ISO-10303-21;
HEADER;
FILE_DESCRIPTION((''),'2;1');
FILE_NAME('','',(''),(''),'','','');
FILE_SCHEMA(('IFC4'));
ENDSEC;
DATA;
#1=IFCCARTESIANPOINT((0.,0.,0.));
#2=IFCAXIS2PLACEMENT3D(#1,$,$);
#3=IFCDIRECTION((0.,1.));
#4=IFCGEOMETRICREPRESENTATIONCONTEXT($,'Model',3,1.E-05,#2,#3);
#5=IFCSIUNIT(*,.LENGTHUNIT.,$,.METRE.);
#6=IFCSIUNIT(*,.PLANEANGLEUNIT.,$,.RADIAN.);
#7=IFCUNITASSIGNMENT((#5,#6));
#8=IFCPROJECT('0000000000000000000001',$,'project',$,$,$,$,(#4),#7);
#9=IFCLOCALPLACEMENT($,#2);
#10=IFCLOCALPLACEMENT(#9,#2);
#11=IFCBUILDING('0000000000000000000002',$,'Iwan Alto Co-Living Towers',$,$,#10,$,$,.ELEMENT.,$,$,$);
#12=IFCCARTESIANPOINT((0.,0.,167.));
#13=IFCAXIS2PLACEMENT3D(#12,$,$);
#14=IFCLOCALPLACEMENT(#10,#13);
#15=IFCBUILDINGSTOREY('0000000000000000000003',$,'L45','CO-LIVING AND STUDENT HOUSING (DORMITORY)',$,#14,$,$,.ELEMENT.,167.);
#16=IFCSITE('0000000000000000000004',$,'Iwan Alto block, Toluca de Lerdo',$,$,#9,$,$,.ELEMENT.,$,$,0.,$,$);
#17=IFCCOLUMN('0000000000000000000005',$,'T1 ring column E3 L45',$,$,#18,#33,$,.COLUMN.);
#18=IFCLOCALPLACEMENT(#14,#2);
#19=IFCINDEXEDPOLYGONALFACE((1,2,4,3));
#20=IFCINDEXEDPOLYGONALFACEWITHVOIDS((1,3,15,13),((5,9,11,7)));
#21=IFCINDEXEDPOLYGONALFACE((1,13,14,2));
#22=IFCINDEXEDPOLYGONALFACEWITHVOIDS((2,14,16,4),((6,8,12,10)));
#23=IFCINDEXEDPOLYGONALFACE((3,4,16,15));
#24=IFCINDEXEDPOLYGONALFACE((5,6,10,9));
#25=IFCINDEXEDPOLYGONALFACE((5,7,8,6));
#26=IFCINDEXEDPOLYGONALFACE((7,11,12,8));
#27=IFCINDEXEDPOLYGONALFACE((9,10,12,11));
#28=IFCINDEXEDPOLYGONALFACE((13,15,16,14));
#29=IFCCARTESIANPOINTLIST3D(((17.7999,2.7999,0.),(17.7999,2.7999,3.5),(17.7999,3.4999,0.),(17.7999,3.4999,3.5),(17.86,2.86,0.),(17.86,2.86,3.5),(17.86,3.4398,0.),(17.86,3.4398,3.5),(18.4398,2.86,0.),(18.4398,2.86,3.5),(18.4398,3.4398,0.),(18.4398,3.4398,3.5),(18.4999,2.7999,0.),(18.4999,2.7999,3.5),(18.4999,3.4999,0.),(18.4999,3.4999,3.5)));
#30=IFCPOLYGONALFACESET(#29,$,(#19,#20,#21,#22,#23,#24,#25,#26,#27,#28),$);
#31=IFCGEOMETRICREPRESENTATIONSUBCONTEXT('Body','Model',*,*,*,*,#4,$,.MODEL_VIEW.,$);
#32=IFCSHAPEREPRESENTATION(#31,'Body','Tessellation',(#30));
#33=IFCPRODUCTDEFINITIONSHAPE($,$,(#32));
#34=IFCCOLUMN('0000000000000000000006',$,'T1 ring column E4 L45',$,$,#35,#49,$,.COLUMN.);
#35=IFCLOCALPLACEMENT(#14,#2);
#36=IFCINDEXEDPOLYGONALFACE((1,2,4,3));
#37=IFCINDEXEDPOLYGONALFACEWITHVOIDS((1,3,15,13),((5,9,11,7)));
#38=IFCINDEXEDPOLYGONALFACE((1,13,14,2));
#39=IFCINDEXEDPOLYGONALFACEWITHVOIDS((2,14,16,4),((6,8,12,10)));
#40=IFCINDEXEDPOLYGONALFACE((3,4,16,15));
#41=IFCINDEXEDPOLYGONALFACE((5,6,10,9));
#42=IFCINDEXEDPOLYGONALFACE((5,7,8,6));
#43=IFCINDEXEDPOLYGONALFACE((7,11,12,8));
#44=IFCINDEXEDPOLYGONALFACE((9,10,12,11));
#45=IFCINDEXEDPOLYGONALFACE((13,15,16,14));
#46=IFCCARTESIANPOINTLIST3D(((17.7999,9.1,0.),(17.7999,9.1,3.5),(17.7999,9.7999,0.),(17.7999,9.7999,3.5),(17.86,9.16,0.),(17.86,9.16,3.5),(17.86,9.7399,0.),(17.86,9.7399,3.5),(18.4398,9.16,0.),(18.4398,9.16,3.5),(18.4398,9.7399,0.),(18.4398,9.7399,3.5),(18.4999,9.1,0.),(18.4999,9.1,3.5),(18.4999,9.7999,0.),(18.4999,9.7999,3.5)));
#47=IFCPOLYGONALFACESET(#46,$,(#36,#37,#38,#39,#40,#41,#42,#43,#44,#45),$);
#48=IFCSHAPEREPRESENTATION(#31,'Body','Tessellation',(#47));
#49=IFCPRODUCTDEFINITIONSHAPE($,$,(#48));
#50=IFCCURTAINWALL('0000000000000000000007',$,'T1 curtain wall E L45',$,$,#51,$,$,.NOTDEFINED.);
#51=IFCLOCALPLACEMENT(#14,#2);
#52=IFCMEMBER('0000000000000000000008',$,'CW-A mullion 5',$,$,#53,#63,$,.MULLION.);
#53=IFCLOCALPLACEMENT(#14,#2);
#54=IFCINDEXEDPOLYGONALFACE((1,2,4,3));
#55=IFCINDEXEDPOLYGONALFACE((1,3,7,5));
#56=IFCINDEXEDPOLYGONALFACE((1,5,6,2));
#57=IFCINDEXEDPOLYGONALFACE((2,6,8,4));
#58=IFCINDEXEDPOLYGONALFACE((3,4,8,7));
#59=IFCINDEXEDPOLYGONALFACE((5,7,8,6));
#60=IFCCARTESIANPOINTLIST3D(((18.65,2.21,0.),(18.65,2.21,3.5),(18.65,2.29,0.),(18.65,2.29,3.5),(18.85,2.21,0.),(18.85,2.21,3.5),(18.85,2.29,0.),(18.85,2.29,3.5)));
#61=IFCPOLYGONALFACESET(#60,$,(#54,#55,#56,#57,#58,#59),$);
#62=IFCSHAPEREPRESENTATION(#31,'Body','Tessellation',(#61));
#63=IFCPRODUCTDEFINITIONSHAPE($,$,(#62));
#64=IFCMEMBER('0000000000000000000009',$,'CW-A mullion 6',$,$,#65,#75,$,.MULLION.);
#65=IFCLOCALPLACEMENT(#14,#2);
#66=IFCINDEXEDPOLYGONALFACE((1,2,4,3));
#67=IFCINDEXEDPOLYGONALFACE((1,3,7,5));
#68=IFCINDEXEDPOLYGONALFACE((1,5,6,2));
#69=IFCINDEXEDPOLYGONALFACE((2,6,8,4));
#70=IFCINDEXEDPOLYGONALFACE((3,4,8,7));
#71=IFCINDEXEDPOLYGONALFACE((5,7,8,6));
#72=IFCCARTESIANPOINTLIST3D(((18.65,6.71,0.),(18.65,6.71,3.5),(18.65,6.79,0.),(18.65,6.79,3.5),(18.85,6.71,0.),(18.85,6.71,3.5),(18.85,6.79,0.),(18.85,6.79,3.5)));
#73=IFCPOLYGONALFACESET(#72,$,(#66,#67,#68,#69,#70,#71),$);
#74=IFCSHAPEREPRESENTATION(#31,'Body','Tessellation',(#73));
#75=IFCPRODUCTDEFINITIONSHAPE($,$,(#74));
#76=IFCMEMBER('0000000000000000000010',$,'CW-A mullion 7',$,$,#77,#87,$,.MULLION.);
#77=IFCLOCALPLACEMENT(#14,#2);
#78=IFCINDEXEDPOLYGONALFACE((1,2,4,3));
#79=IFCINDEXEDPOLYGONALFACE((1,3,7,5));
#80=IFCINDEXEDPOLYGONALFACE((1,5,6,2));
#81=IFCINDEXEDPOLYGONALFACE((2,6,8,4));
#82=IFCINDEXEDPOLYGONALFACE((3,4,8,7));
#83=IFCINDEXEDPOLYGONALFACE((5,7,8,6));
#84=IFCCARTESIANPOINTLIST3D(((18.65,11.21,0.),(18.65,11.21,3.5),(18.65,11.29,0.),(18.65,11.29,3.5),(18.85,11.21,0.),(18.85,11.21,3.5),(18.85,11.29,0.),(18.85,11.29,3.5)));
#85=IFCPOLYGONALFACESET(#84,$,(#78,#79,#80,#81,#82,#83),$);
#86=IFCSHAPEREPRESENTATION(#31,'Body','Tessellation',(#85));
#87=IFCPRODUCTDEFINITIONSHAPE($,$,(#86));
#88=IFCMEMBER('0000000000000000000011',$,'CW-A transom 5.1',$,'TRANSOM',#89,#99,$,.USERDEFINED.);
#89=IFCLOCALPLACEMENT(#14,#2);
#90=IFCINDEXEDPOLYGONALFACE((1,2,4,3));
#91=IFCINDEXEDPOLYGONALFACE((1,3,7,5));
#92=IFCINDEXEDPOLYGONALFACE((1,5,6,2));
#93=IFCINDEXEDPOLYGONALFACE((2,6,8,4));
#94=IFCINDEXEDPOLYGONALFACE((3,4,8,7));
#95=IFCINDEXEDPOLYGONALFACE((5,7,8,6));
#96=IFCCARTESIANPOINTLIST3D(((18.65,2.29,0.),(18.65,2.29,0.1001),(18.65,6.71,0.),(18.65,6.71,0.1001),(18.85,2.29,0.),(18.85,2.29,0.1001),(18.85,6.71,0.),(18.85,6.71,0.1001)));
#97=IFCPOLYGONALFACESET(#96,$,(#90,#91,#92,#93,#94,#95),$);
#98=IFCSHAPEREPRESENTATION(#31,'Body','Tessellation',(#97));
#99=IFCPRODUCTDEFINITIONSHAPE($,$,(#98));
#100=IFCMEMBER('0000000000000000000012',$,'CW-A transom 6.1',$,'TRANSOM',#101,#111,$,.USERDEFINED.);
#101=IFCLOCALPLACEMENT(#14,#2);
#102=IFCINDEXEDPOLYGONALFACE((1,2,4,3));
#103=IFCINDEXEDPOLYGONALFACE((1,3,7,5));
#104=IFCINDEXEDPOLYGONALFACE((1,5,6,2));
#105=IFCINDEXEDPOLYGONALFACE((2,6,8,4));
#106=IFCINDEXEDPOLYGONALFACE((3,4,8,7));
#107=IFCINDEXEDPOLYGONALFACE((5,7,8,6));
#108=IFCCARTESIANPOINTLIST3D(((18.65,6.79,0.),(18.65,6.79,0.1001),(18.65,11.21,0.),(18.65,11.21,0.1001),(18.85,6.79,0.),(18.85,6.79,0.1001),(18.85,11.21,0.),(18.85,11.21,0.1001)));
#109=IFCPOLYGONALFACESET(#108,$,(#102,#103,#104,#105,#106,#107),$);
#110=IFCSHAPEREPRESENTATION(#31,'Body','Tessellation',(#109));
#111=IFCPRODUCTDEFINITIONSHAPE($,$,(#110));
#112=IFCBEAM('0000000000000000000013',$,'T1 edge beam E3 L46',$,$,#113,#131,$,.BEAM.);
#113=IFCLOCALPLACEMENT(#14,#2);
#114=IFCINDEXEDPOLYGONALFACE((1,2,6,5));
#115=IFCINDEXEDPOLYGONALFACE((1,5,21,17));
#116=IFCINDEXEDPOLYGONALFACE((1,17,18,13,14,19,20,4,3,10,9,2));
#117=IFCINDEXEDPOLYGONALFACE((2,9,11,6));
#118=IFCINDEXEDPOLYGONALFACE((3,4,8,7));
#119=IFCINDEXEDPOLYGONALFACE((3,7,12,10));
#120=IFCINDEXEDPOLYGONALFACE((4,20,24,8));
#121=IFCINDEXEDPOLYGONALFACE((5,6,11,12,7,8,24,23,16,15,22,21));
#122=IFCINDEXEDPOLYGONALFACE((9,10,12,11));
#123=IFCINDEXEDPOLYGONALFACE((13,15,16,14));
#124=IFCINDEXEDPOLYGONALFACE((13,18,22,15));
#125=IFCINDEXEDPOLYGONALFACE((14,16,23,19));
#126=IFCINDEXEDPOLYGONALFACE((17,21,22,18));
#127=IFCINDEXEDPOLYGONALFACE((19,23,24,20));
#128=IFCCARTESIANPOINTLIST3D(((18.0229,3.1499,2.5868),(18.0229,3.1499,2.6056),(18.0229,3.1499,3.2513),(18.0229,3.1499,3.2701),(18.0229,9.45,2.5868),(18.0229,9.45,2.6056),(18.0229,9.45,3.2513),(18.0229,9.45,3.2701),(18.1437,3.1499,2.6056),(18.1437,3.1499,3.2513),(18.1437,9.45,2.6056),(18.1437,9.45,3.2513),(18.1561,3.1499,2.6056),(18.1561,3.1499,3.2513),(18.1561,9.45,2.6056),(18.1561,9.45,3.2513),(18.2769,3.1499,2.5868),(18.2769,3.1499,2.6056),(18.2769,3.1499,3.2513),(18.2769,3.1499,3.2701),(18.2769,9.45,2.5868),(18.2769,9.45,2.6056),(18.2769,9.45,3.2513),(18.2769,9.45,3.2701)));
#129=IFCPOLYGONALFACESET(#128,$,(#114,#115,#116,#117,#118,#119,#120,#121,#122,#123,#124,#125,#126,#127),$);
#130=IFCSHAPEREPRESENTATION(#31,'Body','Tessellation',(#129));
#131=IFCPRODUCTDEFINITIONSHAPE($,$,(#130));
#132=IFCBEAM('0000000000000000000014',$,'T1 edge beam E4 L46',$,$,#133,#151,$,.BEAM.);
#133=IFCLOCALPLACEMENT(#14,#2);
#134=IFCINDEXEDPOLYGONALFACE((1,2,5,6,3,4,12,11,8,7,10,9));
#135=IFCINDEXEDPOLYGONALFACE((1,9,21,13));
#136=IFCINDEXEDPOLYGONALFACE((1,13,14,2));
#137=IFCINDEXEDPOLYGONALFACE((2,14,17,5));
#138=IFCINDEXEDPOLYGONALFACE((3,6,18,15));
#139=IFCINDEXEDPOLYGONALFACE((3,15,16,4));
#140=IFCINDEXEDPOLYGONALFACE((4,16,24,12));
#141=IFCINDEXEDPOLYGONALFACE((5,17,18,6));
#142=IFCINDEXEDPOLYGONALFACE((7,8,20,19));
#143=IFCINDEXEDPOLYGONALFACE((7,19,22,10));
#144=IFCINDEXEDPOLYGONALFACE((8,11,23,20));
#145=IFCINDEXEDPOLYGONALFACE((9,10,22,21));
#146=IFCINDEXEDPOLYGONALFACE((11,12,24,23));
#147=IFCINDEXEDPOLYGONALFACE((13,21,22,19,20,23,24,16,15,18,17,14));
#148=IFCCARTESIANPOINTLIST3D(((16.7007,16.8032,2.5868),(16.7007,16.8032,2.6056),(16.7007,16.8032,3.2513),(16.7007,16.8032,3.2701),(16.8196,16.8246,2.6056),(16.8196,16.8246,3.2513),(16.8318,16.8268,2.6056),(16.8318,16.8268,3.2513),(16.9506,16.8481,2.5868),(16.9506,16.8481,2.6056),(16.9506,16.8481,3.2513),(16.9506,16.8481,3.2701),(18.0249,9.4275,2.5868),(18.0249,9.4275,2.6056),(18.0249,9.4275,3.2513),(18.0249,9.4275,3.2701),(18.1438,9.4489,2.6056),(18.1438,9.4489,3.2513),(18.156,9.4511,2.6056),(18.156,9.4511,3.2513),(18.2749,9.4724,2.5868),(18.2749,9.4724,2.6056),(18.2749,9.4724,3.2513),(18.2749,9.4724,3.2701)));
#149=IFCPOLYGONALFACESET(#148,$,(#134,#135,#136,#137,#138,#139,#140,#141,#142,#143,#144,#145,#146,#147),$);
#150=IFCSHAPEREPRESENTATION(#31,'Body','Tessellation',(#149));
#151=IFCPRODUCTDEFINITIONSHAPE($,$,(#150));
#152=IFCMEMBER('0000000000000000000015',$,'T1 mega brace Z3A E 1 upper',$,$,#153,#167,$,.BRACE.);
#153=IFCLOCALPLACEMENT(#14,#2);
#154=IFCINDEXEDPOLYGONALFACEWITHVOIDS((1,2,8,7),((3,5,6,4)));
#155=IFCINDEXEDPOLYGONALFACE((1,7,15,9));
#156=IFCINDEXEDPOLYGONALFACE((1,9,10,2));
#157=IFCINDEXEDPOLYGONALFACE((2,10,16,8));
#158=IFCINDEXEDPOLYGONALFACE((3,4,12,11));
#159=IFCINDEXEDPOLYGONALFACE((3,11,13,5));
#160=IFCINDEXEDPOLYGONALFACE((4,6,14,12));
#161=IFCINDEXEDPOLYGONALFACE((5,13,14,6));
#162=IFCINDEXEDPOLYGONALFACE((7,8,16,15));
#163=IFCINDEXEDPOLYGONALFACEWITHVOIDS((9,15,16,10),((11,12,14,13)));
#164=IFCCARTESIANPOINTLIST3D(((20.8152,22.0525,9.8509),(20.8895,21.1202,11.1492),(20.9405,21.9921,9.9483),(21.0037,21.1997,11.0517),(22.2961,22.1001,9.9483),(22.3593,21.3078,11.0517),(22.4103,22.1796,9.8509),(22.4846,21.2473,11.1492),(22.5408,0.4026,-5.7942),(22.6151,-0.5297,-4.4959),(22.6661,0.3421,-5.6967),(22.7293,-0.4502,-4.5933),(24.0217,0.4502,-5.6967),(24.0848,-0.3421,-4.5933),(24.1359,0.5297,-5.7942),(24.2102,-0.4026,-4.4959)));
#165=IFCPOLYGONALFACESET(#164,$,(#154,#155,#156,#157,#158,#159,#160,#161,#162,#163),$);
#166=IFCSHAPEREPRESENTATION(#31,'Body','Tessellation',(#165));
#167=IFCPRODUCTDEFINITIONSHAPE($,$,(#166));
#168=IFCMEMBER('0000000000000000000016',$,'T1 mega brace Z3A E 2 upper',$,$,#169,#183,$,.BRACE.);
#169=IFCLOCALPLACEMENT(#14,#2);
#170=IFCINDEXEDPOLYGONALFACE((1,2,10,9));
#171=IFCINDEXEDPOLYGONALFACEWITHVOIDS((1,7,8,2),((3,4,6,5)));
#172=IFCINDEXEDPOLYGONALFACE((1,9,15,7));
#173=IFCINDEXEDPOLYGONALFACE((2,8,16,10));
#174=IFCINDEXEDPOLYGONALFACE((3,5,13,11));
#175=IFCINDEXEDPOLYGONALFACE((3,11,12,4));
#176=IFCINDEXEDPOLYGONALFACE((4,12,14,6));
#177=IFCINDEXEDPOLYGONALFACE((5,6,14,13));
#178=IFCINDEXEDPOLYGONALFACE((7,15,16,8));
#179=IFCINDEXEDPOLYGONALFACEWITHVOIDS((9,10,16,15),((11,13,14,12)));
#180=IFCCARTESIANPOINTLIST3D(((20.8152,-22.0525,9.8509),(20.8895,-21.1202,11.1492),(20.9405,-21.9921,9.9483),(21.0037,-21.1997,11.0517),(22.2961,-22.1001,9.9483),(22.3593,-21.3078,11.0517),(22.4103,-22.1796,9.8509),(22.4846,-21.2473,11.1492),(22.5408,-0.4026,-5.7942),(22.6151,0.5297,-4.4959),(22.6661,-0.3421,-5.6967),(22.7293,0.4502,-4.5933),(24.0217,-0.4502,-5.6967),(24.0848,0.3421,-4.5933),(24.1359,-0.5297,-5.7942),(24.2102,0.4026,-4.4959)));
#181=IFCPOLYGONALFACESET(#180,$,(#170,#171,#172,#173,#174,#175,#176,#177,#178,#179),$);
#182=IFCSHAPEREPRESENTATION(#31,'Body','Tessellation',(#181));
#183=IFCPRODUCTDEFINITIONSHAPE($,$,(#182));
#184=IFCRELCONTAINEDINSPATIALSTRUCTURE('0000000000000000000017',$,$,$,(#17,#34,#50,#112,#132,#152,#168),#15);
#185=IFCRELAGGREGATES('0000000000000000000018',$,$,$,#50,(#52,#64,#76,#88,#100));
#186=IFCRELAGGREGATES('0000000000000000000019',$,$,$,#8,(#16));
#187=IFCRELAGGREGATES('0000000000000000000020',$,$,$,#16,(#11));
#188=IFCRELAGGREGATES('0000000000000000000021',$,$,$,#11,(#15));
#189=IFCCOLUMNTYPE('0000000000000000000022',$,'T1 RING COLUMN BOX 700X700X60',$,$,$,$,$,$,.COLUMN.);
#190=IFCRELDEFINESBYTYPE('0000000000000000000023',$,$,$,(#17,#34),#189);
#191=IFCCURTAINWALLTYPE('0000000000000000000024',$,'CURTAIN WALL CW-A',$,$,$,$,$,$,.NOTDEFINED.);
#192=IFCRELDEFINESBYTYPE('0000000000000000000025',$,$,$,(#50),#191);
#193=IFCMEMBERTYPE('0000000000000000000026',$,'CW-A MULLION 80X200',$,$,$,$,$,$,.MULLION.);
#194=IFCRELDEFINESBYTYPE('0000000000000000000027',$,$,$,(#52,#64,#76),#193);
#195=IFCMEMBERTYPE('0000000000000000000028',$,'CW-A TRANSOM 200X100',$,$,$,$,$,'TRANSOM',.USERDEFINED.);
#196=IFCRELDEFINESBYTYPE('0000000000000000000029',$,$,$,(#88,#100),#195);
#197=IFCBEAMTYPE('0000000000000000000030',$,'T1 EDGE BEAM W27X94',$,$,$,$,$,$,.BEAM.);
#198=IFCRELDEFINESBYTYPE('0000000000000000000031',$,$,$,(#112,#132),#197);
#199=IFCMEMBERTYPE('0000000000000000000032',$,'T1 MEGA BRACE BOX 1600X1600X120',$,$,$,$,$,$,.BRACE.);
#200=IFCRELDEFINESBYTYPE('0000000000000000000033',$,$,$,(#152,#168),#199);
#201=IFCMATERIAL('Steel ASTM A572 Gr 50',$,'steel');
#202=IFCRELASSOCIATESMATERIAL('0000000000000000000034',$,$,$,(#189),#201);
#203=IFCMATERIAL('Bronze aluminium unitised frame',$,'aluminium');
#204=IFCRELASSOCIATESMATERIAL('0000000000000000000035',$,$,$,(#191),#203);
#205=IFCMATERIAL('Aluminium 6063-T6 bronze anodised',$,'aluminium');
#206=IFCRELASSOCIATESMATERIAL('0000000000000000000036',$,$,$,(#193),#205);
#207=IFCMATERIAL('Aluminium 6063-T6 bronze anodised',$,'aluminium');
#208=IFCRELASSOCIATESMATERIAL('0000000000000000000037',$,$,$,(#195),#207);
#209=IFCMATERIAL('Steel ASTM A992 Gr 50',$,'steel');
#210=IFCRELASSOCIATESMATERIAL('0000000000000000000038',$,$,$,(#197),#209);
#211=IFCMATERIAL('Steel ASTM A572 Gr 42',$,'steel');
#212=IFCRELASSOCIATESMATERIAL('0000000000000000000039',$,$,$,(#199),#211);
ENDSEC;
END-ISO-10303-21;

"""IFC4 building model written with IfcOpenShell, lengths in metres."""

from ifc_helpers import new_model, si_unit, direction, frame, origin, origin_2d, place, context, subcontext, project, spatial, rectangle, hollow_rectangle, i_section, extrude, material, material_profile, profile_set, type_object, element, aggregate, save


model = new_model("IFC4")

# Units and contexts
model_context = context("Model", 3, precision=1e-05, world=origin(), true_north=direction((0.0, 1.0)))
body_context = subcontext(model_context, "Body", "Model", "MODEL_VIEW")
ifc_project = project(units=[si_unit("LENGTHUNIT", "METRE"), si_unit("PLANEANGLEUNIT", "RADIAN")], contexts=[model_context])

# Site, building, storey
site_placement = place(None, origin())
site = spatial("IfcSite", under=ifc_project, at=site_placement, Name="Iwan Alto block, Toluca de Lerdo", CompositionType="ELEMENT", RefElevation=0.0)
building_placement = place(site_placement, origin())
building = spatial("IfcBuilding", under=site, at=building_placement, Name="Iwan Alto Co-Living Towers", CompositionType="ELEMENT")
storey_placement = place(building_placement, frame((0.0, 0.0, 167.0)))
storey = spatial("IfcBuildingStorey", under=building, at=storey_placement, Name="L45", Description="CO-LIVING AND STUDENT HOUSING (DORMITORY)", CompositionType="ELEMENT", Elevation=167.0)

# Columns
ifc_material_1 = material(Name="Steel ASTM A572 Gr 50", Category="steel")
ifc_material_profile_1 = material_profile(ifc_material_1, hollow_rectangle(XDim=0.7, YDim=0.7, WallThickness=0.0601, at=origin_2d()), Name="BOX 700X700X60")
ifc_profile_set_1 = profile_set([ifc_material_profile_1], Name="Steel ASTM A572 Gr 50")
column_type = type_object("IfcColumnType", Name="T1 RING COLUMN BOX 700X700X60", PredefinedType="COLUMN", material=ifc_profile_set_1)
for number, where, z_axis, x_axis, name in (
    (1, (18.1499, 3.1499, 0.0), (0.0, 0.0, 1.0), (1.0, 0.0, 0.0), "T1 ring column E3 L45"),
    (2, (18.1499, 9.45, 0.0), (0.0, 0.0, 1.0), (1.0, 0.0, 0.0), "T1 ring column E4 L45"),
):
    element("IfcColumn", number, at=place(storey_placement, frame(where, z_axis=z_axis, x_axis=x_axis)), inside=storey, type_object=column_type, Name=name, PredefinedType="COLUMN", context=body_context, shape_type="SweptSolid", body=[
        extrude(hollow_rectangle(XDim=0.7, YDim=0.7, WallThickness=0.0601, at=origin_2d()), origin(), (0.0, 0.0, 1.0), 3.5),
    ])

# Curtain wall, members
ifc_material_2 = material(Name="Bronze aluminium unitised frame", Category="aluminium")
curtain_wall_type = type_object("IfcCurtainWallType", Name="CURTAIN WALL CW-A", PredefinedType="NOTDEFINED", material=ifc_material_2)
curtain_wall_placement = place(storey_placement, origin())
curtain_wall = element("IfcCurtainWall", 3, at=curtain_wall_placement, inside=storey, type_object=curtain_wall_type, Name="T1 curtain wall E L45", PredefinedType="NOTDEFINED")
ifc_material_3 = material(Name="Aluminium 6063-T6 bronze anodised", Category="aluminium")
ifc_material_profile_2 = material_profile(ifc_material_3, rectangle(XDim=0.2, YDim=0.0801, at=origin_2d()), Name="AL 80X200")
ifc_profile_set_2 = profile_set([ifc_material_profile_2], Name="Aluminium 6063-T6 bronze anodised")
member_type_1 = type_object("IfcMemberType", Name="CW-A MULLION 80X200", PredefinedType="MULLION", material=ifc_profile_set_2)
member_1_placement = place(storey_placement, frame((18.75, 2.25, 0.0), z_axis=(0.0, 0.0, 1.0), x_axis=(-1.0, 0.0, 0.0)))
member_1 = element("IfcMember", 4, at=member_1_placement, type_object=member_type_1, Name="CW-A mullion 5", PredefinedType="MULLION", context=body_context, shape_type="SweptSolid", body=[
    extrude(rectangle(XDim=0.2, YDim=0.0801, at=origin_2d()), origin(), (0.0, 0.0, 1.0), 3.5),
])
member_2_placement = place(storey_placement, frame((18.75, 6.75, 0.0), z_axis=(0.0, 0.0, 1.0), x_axis=(-1.0, 0.0, 0.0)))
member_2 = element("IfcMember", 5, at=member_2_placement, type_object=member_type_1, Name="CW-A mullion 6", PredefinedType="MULLION", context=body_context, shape_type="SweptSolid", body=[
    extrude(rectangle(XDim=0.2, YDim=0.0801, at=origin_2d()), origin(), (0.0, 0.0, 1.0), 3.5),
])
member_3_placement = place(storey_placement, frame((18.75, 11.25, 0.0), z_axis=(0.0, 0.0, 1.0), x_axis=(-1.0, 0.0, 0.0)))
member_3 = element("IfcMember", 6, at=member_3_placement, type_object=member_type_1, Name="CW-A mullion 7", PredefinedType="MULLION", context=body_context, shape_type="SweptSolid", body=[
    extrude(rectangle(XDim=0.2, YDim=0.0801, at=origin_2d()), origin(), (0.0, 0.0, 1.0), 3.5),
])
ifc_material_4 = material(Name="Aluminium 6063-T6 bronze anodised", Category="aluminium")
ifc_material_profile_3 = material_profile(ifc_material_4, rectangle(XDim=0.2, YDim=0.1001, at=origin_2d()), Name="AL 200X100")
ifc_profile_set_3 = profile_set([ifc_material_profile_3], Name="Aluminium 6063-T6 bronze anodised")
member_type_2 = type_object("IfcMemberType", Name="CW-A TRANSOM 200X100", ElementType="TRANSOM", PredefinedType="USERDEFINED", material=ifc_profile_set_3)
member_4_placement = place(storey_placement, frame((18.75, 2.29, 0.05), z_axis=(0.0, 1.0, 0.0), x_axis=(-1.0, 0.0, 0.0)))
member_4 = element("IfcMember", 7, at=member_4_placement, type_object=member_type_2, Name="CW-A transom 5.1", ObjectType="TRANSOM", PredefinedType="USERDEFINED", context=body_context, shape_type="SweptSolid", body=[
    extrude(rectangle(XDim=0.2, YDim=0.1001, at=origin_2d()), origin(), (0.0, 0.0, 1.0), 4.4199),
])
member_5_placement = place(storey_placement, frame((18.75, 6.79, 0.05), z_axis=(0.0, 1.0, 0.0), x_axis=(-1.0, 0.0, 0.0)))
member_5 = element("IfcMember", 8, at=member_5_placement, type_object=member_type_2, Name="CW-A transom 6.1", ObjectType="TRANSOM", PredefinedType="USERDEFINED", context=body_context, shape_type="SweptSolid", body=[
    extrude(rectangle(XDim=0.2, YDim=0.1001, at=origin_2d()), origin(), (0.0, 0.0, 1.0), 4.4199),
])

# Beams
ifc_material_5 = material(Name="Steel ASTM A992 Gr 50", Category="steel")
ifc_material_profile_4 = material_profile(ifc_material_5, i_section(OverallWidth=0.2539, OverallDepth=0.6833, WebThickness=0.0125, FlangeThickness=0.0188, at=origin_2d()), Name="W27X94")
ifc_profile_set_4 = profile_set([ifc_material_profile_4], Name="Steel ASTM A992 Gr 50")
beam_type_1 = type_object("IfcBeamType", Name="T1 EDGE BEAM W27X94", PredefinedType="BEAM", material=ifc_profile_set_4)
beam_1_placement = place(storey_placement, frame((18.1499, 3.1499, 2.9285), z_axis=(0.0, 1.0, 0.0), x_axis=(-1.0, 0.0, 0.0)))
element("IfcBeam", 9, at=beam_1_placement, inside=storey, type_object=beam_type_1, Name="T1 edge beam E3 L46", PredefinedType="BEAM", context=body_context, shape_type="SweptSolid", body=[
    extrude(i_section(OverallWidth=0.2539, OverallDepth=0.6833, WebThickness=0.0125, FlangeThickness=0.0188, at=origin_2d()), origin(), (0.0, 0.0, 1.0), 6.3),
])
beam_2_placement = place(storey_placement, frame((18.1499, 9.45, 2.9285), z_axis=(-0.176712, 0.984263, 0.0), x_axis=(-0.984263, -0.176712, 0.0)))
element("IfcBeam", 10, at=beam_2_placement, inside=storey, type_object=beam_type_1, Name="T1 edge beam E4 L46", PredefinedType="BEAM", context=body_context, shape_type="SweptSolid", body=[
    extrude(i_section(OverallWidth=0.2539, OverallDepth=0.6833, WebThickness=0.0125, FlangeThickness=0.0188, at=origin_2d()), origin(), (0.0, 0.0, 1.0), 7.4937),
])

# Members
ifc_material_6 = material(Name="Steel ASTM A572 Gr 42", Category="steel")
ifc_material_profile_5 = material_profile(ifc_material_6, hollow_rectangle(XDim=1.6001, YDim=1.6001, WallThickness=0.1201, at=origin_2d()), Name="BOX 1600X1600X120")
ifc_profile_set_5 = profile_set([ifc_material_profile_5], Name="Steel ASTM A572 Gr 42")
member_type_3 = type_object("IfcMemberType", Name="T1 MEGA BRACE BOX 1600X1600X120", PredefinedType="BRACE", material=ifc_profile_set_5)
for number, where, z_axis, x_axis, name in (
    (11, (23.3755, 0.0, -5.145), (-0.064467, 0.808834, 0.584493), (-0.996839, -0.079452, 0.0), "T1 mega brace Z3A E 1 upper"),
    (12, (23.3755, 0.0, -5.145), (-0.064467, -0.808834, 0.584493), (0.996839, -0.079452, 0.0), "T1 mega brace Z3A E 2 upper"),
):
    element("IfcMember", number, at=place(storey_placement, frame(where, z_axis=z_axis, x_axis=x_axis)), inside=storey, type_object=member_type_3, Name=name, PredefinedType="BRACE", context=body_context, shape_type="SweptSolid", body=[
        extrude(hollow_rectangle(XDim=1.6001, YDim=1.6001, WallThickness=0.1201, at=origin_2d()), origin(), (0.0, 0.0, 1.0), 26.7668),
    ])

aggregate(curtain_wall, [member_1, member_2, member_3, member_4, member_5])

save(model, "model.ifc")
